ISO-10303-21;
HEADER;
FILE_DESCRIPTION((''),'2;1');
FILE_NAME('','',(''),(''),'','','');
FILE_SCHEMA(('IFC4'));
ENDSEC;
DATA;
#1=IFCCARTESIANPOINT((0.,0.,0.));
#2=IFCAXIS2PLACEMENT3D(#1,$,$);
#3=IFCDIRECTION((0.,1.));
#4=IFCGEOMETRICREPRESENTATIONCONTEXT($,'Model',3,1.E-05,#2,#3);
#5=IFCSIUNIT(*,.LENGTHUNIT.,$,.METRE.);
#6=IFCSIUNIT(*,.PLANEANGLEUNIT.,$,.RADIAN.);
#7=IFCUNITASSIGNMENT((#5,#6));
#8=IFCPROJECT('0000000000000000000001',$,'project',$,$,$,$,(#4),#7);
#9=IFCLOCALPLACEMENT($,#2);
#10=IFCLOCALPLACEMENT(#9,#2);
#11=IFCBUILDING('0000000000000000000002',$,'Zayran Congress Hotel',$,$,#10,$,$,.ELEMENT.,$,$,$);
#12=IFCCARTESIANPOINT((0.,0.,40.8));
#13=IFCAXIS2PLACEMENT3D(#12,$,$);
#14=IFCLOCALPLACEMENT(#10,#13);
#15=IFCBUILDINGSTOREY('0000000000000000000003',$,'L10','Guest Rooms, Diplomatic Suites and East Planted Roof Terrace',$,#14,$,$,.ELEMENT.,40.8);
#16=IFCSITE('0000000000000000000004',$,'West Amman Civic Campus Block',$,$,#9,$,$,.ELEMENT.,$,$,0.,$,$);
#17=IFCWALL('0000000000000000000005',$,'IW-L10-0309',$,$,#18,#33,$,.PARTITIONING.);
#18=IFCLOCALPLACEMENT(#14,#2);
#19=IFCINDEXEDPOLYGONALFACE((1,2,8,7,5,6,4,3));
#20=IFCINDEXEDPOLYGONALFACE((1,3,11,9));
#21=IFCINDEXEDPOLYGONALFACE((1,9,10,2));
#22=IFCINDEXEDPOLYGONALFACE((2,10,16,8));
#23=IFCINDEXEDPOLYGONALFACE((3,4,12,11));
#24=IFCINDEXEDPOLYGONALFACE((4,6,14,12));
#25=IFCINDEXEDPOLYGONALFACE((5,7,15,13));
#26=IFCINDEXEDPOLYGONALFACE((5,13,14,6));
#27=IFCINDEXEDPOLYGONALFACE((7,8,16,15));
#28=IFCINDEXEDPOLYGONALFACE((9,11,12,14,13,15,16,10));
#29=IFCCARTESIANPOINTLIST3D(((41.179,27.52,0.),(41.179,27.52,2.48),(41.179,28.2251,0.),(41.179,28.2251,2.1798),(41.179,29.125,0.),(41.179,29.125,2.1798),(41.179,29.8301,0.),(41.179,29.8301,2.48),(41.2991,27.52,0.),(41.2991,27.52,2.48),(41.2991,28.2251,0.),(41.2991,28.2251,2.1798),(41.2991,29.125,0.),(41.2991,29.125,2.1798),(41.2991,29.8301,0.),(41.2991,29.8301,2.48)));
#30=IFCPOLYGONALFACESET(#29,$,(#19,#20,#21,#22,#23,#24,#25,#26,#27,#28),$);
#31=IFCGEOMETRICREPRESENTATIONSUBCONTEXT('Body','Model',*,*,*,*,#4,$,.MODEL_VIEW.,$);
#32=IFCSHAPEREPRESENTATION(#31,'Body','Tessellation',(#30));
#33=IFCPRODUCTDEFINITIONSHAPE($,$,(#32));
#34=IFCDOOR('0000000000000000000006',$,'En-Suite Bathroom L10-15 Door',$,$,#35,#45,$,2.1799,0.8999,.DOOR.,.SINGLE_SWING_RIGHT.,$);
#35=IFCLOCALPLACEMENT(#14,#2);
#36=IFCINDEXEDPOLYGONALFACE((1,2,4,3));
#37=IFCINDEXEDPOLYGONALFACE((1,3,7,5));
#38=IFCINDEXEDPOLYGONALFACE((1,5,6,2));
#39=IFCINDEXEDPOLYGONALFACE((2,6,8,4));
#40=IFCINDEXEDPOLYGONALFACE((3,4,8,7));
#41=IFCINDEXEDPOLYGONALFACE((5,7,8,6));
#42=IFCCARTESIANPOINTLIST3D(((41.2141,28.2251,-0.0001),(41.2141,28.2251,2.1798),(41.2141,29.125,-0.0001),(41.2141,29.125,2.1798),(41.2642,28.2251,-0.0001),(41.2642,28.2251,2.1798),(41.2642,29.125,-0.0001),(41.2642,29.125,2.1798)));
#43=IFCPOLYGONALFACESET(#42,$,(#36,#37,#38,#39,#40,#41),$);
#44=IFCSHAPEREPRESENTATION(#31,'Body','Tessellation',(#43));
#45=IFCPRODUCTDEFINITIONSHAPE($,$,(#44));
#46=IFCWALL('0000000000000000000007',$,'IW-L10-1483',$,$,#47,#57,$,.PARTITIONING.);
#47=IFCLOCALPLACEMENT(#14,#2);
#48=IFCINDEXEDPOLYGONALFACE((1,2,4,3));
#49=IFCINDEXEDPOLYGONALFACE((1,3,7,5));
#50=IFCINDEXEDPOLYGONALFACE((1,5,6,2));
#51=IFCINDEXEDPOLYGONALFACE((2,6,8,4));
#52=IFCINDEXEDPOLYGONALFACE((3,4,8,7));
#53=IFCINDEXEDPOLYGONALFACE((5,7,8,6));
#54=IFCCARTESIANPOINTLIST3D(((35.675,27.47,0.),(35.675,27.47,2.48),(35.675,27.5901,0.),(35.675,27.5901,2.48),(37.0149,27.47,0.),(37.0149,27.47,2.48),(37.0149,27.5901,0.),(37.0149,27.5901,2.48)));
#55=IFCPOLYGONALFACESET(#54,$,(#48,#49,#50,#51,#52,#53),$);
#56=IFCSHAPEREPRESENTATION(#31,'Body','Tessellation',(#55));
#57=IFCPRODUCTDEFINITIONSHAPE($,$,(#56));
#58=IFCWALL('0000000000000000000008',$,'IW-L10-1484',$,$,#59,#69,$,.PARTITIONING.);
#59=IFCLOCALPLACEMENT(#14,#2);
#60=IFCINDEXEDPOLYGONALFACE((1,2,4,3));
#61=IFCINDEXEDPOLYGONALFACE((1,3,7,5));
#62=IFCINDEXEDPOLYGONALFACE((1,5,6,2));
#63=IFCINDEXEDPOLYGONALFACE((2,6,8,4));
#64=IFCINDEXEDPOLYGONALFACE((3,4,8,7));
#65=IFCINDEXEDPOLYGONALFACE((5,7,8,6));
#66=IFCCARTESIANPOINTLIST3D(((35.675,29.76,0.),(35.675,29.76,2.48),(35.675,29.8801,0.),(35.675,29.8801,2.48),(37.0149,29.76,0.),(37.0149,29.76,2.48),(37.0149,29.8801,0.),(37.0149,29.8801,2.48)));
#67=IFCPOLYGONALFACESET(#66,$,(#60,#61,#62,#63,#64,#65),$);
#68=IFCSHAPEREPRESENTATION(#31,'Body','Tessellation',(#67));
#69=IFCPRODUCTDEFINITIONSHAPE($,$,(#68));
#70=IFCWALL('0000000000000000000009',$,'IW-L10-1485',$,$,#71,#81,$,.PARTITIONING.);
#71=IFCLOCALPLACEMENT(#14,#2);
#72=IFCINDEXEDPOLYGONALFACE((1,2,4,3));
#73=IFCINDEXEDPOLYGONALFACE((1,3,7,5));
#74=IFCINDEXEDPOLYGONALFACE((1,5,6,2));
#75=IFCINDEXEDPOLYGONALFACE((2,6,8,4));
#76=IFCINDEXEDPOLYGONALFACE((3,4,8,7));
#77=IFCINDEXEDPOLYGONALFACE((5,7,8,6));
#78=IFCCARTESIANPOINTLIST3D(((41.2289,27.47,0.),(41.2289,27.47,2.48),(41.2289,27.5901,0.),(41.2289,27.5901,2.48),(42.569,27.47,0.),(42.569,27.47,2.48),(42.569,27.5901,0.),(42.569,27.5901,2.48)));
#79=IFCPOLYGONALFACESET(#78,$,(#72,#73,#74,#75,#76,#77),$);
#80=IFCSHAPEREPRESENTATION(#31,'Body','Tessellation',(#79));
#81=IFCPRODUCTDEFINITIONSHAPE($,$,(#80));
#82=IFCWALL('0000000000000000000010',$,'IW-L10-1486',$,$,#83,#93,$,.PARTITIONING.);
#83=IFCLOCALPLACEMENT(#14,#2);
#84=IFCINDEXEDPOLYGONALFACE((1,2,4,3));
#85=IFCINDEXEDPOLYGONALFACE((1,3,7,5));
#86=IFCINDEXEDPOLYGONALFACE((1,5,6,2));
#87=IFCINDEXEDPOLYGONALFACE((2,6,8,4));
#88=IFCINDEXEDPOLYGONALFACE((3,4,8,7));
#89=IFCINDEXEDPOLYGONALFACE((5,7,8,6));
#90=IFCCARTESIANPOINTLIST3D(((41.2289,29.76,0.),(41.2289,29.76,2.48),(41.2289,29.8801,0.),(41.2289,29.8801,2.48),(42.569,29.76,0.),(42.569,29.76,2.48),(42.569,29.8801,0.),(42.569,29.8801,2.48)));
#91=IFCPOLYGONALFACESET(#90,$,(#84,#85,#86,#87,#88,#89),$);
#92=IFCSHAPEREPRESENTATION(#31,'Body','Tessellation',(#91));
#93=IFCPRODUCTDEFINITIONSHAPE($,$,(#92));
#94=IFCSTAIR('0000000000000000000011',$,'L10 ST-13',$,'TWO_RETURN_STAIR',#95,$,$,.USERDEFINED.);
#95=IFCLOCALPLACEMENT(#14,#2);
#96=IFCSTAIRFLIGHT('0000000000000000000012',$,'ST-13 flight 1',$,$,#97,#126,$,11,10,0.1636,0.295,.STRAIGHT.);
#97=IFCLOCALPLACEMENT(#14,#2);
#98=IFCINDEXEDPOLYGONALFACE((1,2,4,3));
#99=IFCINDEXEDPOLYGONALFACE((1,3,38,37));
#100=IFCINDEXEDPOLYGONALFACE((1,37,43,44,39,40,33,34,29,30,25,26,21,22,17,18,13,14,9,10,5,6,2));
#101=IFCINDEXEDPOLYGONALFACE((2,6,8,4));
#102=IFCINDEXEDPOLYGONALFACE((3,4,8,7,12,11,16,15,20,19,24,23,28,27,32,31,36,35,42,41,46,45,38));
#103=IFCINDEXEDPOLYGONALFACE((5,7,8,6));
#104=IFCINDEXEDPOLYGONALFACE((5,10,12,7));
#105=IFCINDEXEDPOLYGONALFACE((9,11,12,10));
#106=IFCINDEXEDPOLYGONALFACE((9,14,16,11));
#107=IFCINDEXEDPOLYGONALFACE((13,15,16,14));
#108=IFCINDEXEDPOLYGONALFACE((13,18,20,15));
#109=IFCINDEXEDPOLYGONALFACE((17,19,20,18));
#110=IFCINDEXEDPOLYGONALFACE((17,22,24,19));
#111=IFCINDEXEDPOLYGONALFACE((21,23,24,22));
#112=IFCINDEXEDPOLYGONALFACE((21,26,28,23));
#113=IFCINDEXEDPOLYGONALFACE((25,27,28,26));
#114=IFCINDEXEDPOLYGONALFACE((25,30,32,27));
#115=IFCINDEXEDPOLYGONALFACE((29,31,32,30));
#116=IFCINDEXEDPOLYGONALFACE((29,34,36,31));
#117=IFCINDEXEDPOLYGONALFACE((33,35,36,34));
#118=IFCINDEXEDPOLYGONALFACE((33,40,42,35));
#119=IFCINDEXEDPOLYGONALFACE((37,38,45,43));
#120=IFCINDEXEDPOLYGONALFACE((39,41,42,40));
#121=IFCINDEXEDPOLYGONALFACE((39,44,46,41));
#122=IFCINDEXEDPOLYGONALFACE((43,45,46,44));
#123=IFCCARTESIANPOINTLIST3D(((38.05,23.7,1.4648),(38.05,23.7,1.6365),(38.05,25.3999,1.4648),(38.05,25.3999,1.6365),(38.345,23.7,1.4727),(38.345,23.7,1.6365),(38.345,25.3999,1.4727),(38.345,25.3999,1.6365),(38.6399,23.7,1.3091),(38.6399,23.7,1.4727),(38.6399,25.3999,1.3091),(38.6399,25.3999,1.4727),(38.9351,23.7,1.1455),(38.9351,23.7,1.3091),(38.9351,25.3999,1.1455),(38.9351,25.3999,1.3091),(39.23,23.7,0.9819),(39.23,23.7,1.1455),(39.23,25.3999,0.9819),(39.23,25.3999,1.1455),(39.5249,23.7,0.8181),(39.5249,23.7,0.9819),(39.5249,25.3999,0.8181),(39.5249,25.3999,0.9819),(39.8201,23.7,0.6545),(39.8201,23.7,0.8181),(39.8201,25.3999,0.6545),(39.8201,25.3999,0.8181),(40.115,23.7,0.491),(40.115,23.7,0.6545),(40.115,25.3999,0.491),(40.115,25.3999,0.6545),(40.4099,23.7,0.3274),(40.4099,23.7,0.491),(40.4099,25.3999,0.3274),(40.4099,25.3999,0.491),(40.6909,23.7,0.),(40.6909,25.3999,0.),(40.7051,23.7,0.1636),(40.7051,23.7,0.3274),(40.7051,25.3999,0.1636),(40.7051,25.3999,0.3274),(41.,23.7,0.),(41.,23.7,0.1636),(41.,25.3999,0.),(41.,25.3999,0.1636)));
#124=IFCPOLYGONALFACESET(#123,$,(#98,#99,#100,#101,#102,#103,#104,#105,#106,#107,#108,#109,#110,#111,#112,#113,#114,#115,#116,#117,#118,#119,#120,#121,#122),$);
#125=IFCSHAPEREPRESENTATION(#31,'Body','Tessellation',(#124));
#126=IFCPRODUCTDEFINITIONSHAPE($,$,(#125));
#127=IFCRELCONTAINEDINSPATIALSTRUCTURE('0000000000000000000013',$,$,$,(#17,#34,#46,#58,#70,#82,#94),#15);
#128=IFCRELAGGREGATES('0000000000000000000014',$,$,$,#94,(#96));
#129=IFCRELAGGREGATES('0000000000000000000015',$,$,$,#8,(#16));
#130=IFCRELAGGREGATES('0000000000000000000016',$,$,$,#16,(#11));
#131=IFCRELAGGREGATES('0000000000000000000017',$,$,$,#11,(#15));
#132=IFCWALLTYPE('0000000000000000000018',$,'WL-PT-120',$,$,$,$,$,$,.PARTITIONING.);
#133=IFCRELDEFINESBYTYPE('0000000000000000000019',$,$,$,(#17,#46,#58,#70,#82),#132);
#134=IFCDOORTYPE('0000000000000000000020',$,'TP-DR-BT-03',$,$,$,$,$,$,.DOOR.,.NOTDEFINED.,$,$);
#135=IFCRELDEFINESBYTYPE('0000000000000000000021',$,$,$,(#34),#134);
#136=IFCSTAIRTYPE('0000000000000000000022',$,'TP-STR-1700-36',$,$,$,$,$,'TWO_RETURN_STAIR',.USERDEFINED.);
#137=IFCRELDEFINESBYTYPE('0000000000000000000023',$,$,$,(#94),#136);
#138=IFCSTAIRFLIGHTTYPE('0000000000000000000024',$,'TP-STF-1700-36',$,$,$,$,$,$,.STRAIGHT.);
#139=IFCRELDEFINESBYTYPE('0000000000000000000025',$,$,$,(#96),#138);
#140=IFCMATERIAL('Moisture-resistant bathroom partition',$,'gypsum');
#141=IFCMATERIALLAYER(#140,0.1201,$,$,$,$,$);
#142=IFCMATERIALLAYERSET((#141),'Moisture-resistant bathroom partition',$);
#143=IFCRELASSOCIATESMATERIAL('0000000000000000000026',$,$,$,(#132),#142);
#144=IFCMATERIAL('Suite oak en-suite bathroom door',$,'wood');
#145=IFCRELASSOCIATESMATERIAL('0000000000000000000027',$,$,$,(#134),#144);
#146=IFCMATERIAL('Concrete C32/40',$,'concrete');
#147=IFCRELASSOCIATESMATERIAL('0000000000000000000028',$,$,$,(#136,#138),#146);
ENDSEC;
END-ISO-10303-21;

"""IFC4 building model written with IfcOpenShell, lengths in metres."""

from ifc_helpers import new_model, si_unit, direction, frame, frame_2d, origin, place, context, subcontext, project, spatial, polyline, rectangle, outline, extrude, material, layer, layer_set, type_object, element, fill, aggregate, save


model = new_model("IFC4")

# Units and contexts
model_context = context("Model", 3, precision=1e-05, world=origin(), true_north=direction((0.0, 1.0)))
body_context = subcontext(model_context, "Body", "Model", "MODEL_VIEW")
ifc_project = project(units=[si_unit("LENGTHUNIT", "METRE"), si_unit("PLANEANGLEUNIT", "RADIAN")], contexts=[model_context])

# Site, building, storey
site_placement = place(None, origin())
site = spatial("IfcSite", under=ifc_project, at=site_placement, Name="West Amman Civic Campus Block", CompositionType="ELEMENT", RefElevation=0.0)
building_placement = place(site_placement, origin())
building = spatial("IfcBuilding", under=site, at=building_placement, Name="Zayran Congress Hotel", CompositionType="ELEMENT")
storey_placement = place(building_placement, frame((0.0, 0.0, 40.8)))
storey = spatial("IfcBuildingStorey", under=building, at=storey_placement, Name="L10", Description="Guest Rooms, Diplomatic Suites and East Planted Roof Terrace", CompositionType="ELEMENT", Elevation=40.8)

# Wall, opening, door
ifc_material_1 = material(Name="Moisture-resistant bathroom partition", Category="gypsum")
ifc_layer_1 = layer(ifc_material_1, 0.1201)
ifc_layer_set_1 = layer_set([ifc_layer_1], Name="Moisture-resistant bathroom partition")
wall_type_1 = type_object("IfcWallType", Name="WL-PT-120", PredefinedType="PARTITIONING", material=ifc_layer_set_1)
ifc_material_2 = material(Name="Suite oak en-suite bathroom door", Category="wood")
door_type_1 = type_object("IfcDoorType", Name="TP-DR-BT-03", OperationType="NOTDEFINED", PredefinedType="DOOR", material=ifc_material_2)
wall_1_placement = place(storey_placement, frame((41.239, 27.52, 0.0), z_axis=(0.0, 0.0, 1.0), x_axis=(0.0, 1.0, 0.0)))
wall_1 = element("IfcWall", 1, at=wall_1_placement, inside=storey, type_object=wall_type_1, Name="IW-L10-0309", PredefinedType="PARTITIONING", context=body_context, shape_type="SweptSolid", body=[
    extrude(rectangle(XDim=2.3101, YDim=0.1201, at=frame_2d((1.155, 0.0))), origin(), (0.0, 0.0, 1.0), 2.48),
])
opening_1_placement = place(wall_1_placement, frame((0.7051, 0.0, 0.0)))
opening_1 = element("IfcOpeningElement", 2, at=opening_1_placement, cuts=wall_1, PredefinedType="OPENING", context=body_context, shape_type="SweptSolid", body=[
    extrude(rectangle(XDim=0.8999, YDim=2.1799, at=frame_2d((0.45, 1.0898))), frame((0.0, 0.0701, 0.0), z_axis=(0.0, -1.0, 0.0), x_axis=(1.0, 0.0, 0.0)), (0.0, 0.0, 1.0), 0.1401),
])
door_1_placement = place(opening_1_placement, origin())
door_1 = element("IfcDoor", 3, at=door_1_placement, inside=storey, type_object=door_type_1, Name="En-Suite Bathroom L10-15 Door", OperationType="SINGLE_SWING_RIGHT", OverallHeight=2.1799, OverallWidth=0.8999, PredefinedType="DOOR", context=body_context, shape_type="SweptSolid", body=[
    extrude(rectangle(XDim=0.8999, YDim=2.1799, at=frame_2d((0.45, 1.0898))), frame((0.0, 0.0249, 0.0), z_axis=(0.0, -1.0, 0.0), x_axis=(1.0, 0.0, 0.0)), (0.0, 0.0, 1.0), 0.05),
])
fill(opening_1, door_1)

# Walls
for number, where, z_axis, x_axis, name in (
    (4, (35.675, 27.53, 0.0), (0.0, 0.0, 1.0), (1.0, 0.0, 0.0), "IW-L10-1483"),
    (5, (35.675, 29.8201, 0.0), (0.0, 0.0, 1.0), (1.0, 0.0, 0.0), "IW-L10-1484"),
):
    element("IfcWall", number, at=place(storey_placement, frame(where, z_axis=z_axis, x_axis=x_axis)), inside=storey, type_object=wall_type_1, Name=name, PredefinedType="PARTITIONING", context=body_context, shape_type="SweptSolid", body=[
        extrude(rectangle(XDim=1.3398, YDim=0.1201, at=frame_2d((0.6699, 0.0))), origin(), (0.0, 0.0, 1.0), 2.48),
    ])
for number, where, z_axis, x_axis, name in (
    (6, (41.229, 27.53, 0.0), (0.0, 0.0, 1.0), (1.0, 0.0, 0.0), "IW-L10-1485"),
    (7, (41.229, 29.8201, 0.0), (0.0, 0.0, 1.0), (1.0, 0.0, 0.0), "IW-L10-1486"),
):
    element("IfcWall", number, at=place(storey_placement, frame(where, z_axis=z_axis, x_axis=x_axis)), inside=storey, type_object=wall_type_1, Name=name, PredefinedType="PARTITIONING", context=body_context, shape_type="SweptSolid", body=[
        extrude(rectangle(XDim=1.3401, YDim=0.1201, at=frame_2d((0.6699, 0.0))), origin(), (0.0, 0.0, 1.0), 2.48),
    ])

# Stair, stair flight
ifc_material_3 = material(Name="Concrete C32/40", Category="concrete")
stair_type = type_object("IfcStairType", Name="TP-STR-1700-36", ElementType="TWO_RETURN_STAIR", PredefinedType="USERDEFINED", material=ifc_material_3)
stair_placement = place(storey_placement, origin())
stair = element("IfcStair", 8, at=stair_placement, inside=storey, type_object=stair_type, Name="L10 ST-13", ObjectType="TWO_RETURN_STAIR", PredefinedType="USERDEFINED")
stair_flight_type = type_object("IfcStairFlightType", Name="TP-STF-1700-36", PredefinedType="STRAIGHT", material=ifc_material_3)
stair_flight_placement = place(storey_placement, frame((41.0, 24.55, 0.0), z_axis=(0.0, 0.0, 1.0), x_axis=(-1.0, 0.0, 0.0)))
stair_flight = element("IfcStairFlight", 9, at=stair_flight_placement, type_object=stair_flight_type, Name="ST-13 flight 1", NumberOfRisers=11, NumberOfTreads=10, PredefinedType="STRAIGHT", RiserHeight=0.1636, TreadLength=0.295, context=body_context, shape_type="SweptSolid", body=[
    extrude(outline(polyline([(0.0, 0.0), (0.0, 0.1636), (0.2949, 0.1636), (0.2949, 0.3274), (0.5901, 0.3274), (0.5901, 0.491), (0.885, 0.491), (0.885, 0.6545), (1.1799, 0.6545), (1.1799, 0.8181), (1.4751, 0.8181), (1.4751, 0.9819), (1.77, 0.9819), (1.77, 1.1455), (2.0649, 1.1455), (2.0649, 1.3091), (2.3601, 1.3091), (2.3601, 1.4727), (2.655, 1.4727), (2.655, 1.6365), (2.95, 1.6365), (2.95, 1.8), (2.95, 1.4648), (0.3091, 0.0), (0.0, 0.0)])), frame((0.0, 0.8501, 0.0), z_axis=(0.0, -1.0, 0.0), x_axis=(1.0, 0.0, 0.0)), (0.0, 0.0, 1.0), 1.7),
])
aggregate(stair, [stair_flight])

save(model, "model.ifc")
